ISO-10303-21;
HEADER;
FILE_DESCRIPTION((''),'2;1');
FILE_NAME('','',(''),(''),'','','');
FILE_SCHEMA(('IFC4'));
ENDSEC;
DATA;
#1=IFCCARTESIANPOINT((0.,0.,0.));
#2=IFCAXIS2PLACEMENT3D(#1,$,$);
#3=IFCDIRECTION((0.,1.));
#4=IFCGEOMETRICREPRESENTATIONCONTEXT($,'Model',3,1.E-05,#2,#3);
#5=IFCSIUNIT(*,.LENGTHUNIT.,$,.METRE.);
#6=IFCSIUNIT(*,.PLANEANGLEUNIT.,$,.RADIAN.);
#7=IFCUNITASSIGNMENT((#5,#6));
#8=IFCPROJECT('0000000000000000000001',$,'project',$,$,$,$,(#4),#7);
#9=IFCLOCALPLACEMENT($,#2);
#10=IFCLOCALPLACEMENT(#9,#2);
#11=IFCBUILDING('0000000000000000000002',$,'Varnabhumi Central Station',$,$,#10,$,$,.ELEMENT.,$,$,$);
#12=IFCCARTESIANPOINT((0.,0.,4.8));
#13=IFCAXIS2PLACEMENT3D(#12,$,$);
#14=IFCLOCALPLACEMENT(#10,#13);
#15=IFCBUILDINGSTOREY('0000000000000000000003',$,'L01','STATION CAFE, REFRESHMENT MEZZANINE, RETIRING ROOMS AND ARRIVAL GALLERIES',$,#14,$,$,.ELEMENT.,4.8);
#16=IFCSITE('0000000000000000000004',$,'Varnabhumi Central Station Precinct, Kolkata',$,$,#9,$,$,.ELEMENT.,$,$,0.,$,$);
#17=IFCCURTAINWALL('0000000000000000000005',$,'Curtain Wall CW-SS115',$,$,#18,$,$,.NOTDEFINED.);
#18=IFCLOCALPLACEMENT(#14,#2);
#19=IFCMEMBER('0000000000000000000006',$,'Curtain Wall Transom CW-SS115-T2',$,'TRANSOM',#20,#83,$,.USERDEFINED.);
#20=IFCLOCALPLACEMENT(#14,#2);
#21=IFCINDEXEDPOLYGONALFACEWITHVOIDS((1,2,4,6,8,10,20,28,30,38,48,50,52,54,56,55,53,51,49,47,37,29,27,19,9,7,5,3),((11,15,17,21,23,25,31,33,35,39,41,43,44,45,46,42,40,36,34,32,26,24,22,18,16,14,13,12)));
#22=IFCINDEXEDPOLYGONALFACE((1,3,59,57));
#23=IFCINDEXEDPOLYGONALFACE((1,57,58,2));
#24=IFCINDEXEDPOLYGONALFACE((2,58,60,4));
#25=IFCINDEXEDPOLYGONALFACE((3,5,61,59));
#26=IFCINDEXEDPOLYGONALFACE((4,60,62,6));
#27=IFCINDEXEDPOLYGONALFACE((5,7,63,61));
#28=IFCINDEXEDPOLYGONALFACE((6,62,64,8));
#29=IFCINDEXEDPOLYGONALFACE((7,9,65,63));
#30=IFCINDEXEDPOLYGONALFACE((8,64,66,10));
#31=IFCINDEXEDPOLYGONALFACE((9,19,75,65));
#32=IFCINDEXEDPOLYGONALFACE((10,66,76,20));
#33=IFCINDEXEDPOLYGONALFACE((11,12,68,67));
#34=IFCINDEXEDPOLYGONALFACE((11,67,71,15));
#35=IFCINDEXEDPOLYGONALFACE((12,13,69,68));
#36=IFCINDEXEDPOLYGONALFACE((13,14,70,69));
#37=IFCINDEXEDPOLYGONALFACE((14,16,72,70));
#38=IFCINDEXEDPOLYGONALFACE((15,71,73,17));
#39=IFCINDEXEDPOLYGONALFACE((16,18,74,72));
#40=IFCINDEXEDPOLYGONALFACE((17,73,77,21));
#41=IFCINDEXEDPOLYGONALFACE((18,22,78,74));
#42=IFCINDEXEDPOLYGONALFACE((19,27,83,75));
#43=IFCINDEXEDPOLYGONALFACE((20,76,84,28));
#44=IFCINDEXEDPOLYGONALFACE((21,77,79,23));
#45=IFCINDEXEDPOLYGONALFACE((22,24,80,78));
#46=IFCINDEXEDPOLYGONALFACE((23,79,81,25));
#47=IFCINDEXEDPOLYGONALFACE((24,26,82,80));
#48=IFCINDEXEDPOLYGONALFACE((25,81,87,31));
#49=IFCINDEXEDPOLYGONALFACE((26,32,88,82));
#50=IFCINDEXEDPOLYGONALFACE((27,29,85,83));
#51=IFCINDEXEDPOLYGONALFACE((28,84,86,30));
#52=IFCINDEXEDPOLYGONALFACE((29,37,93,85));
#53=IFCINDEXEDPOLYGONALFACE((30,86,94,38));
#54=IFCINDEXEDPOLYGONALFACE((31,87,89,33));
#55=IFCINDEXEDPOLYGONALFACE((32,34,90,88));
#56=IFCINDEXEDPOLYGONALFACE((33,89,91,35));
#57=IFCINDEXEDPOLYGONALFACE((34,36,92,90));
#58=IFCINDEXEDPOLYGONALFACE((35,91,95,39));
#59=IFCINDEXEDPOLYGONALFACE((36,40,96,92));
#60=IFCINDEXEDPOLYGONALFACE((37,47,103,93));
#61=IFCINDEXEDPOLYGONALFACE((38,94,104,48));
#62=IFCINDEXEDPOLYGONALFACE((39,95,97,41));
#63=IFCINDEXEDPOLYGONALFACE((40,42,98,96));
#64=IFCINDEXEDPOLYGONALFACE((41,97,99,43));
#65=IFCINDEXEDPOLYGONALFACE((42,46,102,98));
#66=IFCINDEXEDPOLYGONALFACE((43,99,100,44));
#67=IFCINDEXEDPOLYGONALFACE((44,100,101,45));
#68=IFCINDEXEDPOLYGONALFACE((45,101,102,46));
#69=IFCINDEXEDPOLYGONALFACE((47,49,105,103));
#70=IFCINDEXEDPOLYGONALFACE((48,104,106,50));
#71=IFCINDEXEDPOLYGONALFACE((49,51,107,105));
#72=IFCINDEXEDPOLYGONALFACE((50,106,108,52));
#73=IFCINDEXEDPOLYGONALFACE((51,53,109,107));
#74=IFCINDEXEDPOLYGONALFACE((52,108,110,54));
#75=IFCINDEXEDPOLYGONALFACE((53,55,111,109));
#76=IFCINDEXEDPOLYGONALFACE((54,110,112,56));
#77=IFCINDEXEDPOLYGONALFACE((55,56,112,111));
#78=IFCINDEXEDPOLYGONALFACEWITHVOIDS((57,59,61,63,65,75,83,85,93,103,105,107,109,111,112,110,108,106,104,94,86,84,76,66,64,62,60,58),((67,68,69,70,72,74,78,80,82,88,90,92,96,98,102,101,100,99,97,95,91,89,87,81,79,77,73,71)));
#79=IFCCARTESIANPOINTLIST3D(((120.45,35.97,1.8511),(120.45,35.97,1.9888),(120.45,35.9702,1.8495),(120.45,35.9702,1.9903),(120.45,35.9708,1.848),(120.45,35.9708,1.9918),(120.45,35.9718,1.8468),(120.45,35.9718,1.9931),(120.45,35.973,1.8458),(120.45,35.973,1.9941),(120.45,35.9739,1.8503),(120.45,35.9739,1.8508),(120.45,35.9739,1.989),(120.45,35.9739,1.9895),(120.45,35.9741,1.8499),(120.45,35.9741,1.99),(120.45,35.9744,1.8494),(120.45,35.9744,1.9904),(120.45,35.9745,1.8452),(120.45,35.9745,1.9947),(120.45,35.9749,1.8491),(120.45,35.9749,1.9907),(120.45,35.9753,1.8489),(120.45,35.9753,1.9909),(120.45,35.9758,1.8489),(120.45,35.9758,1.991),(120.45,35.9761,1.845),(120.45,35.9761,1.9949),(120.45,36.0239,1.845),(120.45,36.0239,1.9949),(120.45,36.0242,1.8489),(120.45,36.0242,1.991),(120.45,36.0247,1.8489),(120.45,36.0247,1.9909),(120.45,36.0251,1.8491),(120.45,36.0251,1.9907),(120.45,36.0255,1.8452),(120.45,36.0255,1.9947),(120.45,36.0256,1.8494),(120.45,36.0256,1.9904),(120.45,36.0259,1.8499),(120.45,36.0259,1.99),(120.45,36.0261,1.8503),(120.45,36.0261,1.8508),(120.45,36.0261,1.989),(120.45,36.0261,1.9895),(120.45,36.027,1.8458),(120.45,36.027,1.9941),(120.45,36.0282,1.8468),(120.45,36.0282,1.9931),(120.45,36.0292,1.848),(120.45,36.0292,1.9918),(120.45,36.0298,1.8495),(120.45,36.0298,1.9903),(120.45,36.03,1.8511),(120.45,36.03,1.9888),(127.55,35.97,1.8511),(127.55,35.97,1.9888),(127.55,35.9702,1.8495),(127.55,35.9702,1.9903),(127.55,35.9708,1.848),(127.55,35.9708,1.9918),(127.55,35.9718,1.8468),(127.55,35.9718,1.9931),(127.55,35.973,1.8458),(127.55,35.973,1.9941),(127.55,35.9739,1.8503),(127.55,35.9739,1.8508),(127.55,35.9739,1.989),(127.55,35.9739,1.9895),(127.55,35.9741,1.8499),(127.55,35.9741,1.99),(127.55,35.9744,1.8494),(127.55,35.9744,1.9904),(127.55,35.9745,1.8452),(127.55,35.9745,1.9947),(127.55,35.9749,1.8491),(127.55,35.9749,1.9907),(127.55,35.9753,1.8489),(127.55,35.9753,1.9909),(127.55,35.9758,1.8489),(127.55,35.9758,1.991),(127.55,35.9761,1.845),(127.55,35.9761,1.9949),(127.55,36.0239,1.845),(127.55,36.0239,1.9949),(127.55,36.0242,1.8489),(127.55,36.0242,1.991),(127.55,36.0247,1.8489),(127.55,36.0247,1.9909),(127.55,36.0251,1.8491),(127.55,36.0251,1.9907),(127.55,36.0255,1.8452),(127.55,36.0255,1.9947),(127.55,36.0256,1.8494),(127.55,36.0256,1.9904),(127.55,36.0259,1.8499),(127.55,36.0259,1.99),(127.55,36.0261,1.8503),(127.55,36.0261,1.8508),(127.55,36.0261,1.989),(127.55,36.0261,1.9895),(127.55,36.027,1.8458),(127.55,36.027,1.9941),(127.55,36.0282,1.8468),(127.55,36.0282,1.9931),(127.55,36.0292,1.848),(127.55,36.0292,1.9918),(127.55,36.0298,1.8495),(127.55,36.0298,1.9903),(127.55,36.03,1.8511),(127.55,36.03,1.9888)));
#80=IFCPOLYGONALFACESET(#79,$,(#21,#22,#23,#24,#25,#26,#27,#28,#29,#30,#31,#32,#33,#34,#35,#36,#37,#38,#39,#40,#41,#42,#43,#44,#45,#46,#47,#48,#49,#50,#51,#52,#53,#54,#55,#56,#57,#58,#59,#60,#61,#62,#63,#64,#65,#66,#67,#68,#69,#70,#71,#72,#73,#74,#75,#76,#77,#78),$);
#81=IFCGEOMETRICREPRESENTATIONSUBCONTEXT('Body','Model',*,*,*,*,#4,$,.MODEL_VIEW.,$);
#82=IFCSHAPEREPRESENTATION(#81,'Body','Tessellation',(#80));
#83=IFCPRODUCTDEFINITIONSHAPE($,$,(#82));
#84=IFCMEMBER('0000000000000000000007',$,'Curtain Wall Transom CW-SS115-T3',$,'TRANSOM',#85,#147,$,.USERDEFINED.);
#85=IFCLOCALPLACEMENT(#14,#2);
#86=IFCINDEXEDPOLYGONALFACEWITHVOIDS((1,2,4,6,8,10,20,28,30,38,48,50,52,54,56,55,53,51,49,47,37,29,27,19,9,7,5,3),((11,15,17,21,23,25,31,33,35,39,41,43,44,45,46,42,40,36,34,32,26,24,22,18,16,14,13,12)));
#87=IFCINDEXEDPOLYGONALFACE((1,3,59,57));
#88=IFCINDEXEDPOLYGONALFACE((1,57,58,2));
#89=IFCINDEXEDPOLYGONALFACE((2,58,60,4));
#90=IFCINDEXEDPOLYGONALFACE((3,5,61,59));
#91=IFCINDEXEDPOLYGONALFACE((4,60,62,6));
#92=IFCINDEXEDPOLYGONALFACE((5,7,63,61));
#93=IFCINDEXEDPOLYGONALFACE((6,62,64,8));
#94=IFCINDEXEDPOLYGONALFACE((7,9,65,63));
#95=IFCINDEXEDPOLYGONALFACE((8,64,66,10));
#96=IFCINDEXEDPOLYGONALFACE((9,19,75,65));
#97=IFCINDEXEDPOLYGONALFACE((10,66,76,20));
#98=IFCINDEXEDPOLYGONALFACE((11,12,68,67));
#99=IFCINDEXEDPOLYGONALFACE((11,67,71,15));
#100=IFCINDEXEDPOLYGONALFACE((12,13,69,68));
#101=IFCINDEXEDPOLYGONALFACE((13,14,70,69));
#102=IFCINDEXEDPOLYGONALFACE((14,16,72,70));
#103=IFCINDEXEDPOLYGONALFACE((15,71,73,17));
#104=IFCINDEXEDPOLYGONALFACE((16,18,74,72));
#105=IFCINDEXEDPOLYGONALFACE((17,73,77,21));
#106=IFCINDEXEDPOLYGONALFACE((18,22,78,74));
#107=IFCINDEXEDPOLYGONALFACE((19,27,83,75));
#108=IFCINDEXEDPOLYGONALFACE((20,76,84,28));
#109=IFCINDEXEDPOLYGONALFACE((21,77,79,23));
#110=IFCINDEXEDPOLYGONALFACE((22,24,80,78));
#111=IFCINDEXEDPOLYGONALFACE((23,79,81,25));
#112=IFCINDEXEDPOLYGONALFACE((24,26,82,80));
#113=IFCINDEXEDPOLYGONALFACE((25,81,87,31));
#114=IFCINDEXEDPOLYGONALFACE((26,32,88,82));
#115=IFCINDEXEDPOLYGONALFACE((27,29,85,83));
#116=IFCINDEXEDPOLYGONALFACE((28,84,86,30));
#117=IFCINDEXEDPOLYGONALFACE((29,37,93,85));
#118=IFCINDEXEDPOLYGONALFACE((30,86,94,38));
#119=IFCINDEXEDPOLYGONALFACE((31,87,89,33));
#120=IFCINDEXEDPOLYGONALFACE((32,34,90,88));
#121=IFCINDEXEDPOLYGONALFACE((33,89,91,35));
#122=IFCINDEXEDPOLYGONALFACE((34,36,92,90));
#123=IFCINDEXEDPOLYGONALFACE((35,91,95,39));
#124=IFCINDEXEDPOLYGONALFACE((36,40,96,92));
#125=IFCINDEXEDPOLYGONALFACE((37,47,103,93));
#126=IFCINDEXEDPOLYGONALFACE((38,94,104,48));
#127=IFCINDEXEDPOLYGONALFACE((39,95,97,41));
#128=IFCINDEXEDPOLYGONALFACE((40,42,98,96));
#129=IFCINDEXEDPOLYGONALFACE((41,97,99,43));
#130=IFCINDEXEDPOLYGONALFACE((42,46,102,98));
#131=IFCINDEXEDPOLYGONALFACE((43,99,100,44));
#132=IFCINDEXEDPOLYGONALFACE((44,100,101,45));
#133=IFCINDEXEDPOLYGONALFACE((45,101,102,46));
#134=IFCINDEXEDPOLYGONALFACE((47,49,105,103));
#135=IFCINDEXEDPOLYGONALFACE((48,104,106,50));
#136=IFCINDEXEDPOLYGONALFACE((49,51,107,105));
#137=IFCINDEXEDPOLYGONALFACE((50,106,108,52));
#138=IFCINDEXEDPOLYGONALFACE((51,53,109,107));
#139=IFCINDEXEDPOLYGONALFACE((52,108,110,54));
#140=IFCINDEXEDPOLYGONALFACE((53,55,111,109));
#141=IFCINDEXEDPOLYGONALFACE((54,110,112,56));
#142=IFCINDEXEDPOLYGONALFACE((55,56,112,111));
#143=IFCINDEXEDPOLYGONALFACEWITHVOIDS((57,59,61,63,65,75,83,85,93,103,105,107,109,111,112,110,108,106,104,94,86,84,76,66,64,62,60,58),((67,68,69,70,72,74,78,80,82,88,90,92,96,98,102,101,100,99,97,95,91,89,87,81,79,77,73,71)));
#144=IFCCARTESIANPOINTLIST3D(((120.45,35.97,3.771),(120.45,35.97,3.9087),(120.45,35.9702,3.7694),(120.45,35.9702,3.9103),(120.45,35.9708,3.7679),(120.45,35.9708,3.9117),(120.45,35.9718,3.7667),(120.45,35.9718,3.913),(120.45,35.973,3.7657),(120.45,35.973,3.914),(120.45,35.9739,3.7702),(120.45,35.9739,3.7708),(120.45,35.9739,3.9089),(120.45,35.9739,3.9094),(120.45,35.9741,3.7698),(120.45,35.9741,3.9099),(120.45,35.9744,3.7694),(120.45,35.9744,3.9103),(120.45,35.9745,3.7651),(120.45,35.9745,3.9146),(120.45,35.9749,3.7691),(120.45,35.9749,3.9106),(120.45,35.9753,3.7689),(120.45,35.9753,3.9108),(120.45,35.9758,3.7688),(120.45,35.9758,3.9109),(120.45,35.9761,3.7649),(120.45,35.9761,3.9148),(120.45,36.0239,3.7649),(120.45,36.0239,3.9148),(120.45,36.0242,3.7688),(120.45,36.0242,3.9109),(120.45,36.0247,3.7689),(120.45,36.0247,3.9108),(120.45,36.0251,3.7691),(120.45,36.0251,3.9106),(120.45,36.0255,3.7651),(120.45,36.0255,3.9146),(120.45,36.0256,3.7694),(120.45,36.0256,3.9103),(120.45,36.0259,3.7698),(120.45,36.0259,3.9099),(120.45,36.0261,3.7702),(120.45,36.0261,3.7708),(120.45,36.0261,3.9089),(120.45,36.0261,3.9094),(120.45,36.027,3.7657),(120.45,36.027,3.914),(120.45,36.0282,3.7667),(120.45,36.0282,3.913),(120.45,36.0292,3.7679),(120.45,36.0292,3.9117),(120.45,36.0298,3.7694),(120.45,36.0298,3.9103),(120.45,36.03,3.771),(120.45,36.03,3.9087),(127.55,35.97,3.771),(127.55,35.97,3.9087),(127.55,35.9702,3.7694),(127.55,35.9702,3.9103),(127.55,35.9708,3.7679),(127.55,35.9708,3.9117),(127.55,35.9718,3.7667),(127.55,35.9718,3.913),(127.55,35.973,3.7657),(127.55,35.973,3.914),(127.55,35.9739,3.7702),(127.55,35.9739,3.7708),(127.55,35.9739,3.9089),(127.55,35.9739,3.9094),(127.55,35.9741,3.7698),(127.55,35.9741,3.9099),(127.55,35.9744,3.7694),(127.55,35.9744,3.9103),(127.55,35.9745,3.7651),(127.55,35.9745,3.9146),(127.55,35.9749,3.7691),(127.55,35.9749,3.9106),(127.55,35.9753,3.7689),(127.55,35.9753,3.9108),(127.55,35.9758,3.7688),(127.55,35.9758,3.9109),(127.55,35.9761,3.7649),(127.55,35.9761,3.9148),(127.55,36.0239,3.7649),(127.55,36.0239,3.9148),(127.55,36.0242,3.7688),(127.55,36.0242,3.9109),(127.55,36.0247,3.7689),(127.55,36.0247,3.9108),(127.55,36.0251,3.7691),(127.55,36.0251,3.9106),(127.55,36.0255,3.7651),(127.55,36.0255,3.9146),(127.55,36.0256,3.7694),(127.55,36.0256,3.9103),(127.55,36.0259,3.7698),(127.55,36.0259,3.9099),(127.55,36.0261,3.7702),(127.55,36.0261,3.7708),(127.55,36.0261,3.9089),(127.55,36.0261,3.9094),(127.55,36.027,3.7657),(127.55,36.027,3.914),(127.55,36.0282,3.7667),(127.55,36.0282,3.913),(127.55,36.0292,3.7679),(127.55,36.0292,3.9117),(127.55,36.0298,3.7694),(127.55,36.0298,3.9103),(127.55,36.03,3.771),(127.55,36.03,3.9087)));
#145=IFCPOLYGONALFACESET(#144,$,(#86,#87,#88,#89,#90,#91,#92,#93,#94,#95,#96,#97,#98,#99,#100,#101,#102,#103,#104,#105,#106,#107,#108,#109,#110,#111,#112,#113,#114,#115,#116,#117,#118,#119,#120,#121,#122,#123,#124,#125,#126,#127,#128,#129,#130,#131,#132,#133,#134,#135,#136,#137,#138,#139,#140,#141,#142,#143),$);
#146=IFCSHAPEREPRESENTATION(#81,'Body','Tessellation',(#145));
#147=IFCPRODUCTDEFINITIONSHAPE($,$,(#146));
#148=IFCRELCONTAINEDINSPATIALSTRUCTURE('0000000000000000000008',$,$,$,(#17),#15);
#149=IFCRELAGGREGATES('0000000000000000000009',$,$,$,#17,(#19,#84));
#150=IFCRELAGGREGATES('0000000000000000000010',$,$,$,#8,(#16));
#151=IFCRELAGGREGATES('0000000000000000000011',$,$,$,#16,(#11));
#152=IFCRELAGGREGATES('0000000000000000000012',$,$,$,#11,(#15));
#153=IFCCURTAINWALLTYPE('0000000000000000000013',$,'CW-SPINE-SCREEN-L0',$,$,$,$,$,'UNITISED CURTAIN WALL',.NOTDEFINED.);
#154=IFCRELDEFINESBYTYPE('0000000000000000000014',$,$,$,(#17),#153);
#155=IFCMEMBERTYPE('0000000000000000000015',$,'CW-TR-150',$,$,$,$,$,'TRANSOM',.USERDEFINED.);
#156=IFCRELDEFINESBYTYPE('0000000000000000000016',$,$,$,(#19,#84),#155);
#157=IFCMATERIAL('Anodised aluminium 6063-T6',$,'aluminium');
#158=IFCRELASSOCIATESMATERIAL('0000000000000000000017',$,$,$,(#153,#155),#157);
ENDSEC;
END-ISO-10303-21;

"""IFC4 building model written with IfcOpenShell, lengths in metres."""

from ifc_helpers import new_model, si_unit, direction, frame, origin, origin_2d, place, context, subcontext, project, spatial, hollow_rectangle, extrude, material, material_profile, profile_set, type_object, element, aggregate, save


model = new_model("IFC4")

# Units and contexts
model_context = context("Model", 3, precision=1e-05, world=origin(), true_north=direction((0.0, 1.0)))
body_context = subcontext(model_context, "Body", "Model", "MODEL_VIEW")
ifc_project = project(units=[si_unit("LENGTHUNIT", "METRE"), si_unit("PLANEANGLEUNIT", "RADIAN")], contexts=[model_context])

# Site, building, storey
site_placement = place(None, origin())
site = spatial("IfcSite", under=ifc_project, at=site_placement, Name="Varnabhumi Central Station Precinct, Kolkata", CompositionType="ELEMENT", RefElevation=0.0)
building_placement = place(site_placement, origin())
building = spatial("IfcBuilding", under=site, at=building_placement, Name="Varnabhumi Central Station", CompositionType="ELEMENT")
storey_placement = place(building_placement, frame((0.0, 0.0, 4.8)))
storey = spatial("IfcBuildingStorey", under=building, at=storey_placement, Name="L01", Description="STATION CAFE, REFRESHMENT MEZZANINE, RETIRING ROOMS AND ARRIVAL GALLERIES", CompositionType="ELEMENT", Elevation=4.8)

# Curtain wall
ifc_material_1 = material(Name="Anodised aluminium 6063-T6", Category="aluminium")
curtain_wall_type_1 = type_object("IfcCurtainWallType", Name="CW-SPINE-SCREEN-L0", ElementType="UNITISED CURTAIN WALL", PredefinedType="NOTDEFINED", material=ifc_material_1)
curtain_wall_1_placement = place(storey_placement, origin())
curtain_wall_1 = element("IfcCurtainWall", 1, at=curtain_wall_1_placement, inside=storey, type_object=curtain_wall_type_1, Name="Curtain Wall CW-SS115", PredefinedType="NOTDEFINED")

# Members
ifc_material_profile_1 = material_profile(ifc_material_1, hollow_rectangle(XDim=0.0601, YDim=0.1499, WallThickness=0.0039, InnerFilletRadius=0.002, OuterFilletRadius=0.0061, at=origin_2d()), Name="Anodised aluminium 6063-T6", Category="aluminium")
ifc_profile_set_1 = profile_set([ifc_material_profile_1], Name="Anodised aluminium 6063-T6")
member_type_1 = type_object("IfcMemberType", Name="CW-TR-150", ElementType="TRANSOM", PredefinedType="USERDEFINED", material=ifc_profile_set_1)
member_1_placement = place(storey_placement, frame((120.45, 36.0, 1.9199), z_axis=(1.0, 0.0, 0.0), x_axis=(0.0, 1.0, 0.0)))
member_1 = element("IfcMember", 2, at=member_1_placement, type_object=member_type_1, Name="Curtain Wall Transom CW-SS115-T2", ObjectType="TRANSOM", PredefinedType="USERDEFINED", context=body_context, shape_type="SweptSolid", body=[
    extrude(hollow_rectangle(XDim=0.0601, YDim=0.1499, WallThickness=0.0039, InnerFilletRadius=0.002, OuterFilletRadius=0.0061, at=origin_2d()), origin(), (0.0, 0.0, 1.0), 7.1001),
])
member_2_placement = place(storey_placement, frame((120.45, 36.0, 3.8398), z_axis=(1.0, 0.0, 0.0), x_axis=(0.0, 1.0, 0.0)))
member_2 = element("IfcMember", 3, at=member_2_placement, type_object=member_type_1, Name="Curtain Wall Transom CW-SS115-T3", ObjectType="TRANSOM", PredefinedType="USERDEFINED", context=body_context, shape_type="SweptSolid", body=[
    extrude(hollow_rectangle(XDim=0.0601, YDim=0.1499, WallThickness=0.0039, InnerFilletRadius=0.002, OuterFilletRadius=0.0061, at=origin_2d()), origin(), (0.0, 0.0, 1.0), 7.1001),
])

aggregate(curtain_wall_1, [member_1, member_2])

save(model, "model.ifc")
